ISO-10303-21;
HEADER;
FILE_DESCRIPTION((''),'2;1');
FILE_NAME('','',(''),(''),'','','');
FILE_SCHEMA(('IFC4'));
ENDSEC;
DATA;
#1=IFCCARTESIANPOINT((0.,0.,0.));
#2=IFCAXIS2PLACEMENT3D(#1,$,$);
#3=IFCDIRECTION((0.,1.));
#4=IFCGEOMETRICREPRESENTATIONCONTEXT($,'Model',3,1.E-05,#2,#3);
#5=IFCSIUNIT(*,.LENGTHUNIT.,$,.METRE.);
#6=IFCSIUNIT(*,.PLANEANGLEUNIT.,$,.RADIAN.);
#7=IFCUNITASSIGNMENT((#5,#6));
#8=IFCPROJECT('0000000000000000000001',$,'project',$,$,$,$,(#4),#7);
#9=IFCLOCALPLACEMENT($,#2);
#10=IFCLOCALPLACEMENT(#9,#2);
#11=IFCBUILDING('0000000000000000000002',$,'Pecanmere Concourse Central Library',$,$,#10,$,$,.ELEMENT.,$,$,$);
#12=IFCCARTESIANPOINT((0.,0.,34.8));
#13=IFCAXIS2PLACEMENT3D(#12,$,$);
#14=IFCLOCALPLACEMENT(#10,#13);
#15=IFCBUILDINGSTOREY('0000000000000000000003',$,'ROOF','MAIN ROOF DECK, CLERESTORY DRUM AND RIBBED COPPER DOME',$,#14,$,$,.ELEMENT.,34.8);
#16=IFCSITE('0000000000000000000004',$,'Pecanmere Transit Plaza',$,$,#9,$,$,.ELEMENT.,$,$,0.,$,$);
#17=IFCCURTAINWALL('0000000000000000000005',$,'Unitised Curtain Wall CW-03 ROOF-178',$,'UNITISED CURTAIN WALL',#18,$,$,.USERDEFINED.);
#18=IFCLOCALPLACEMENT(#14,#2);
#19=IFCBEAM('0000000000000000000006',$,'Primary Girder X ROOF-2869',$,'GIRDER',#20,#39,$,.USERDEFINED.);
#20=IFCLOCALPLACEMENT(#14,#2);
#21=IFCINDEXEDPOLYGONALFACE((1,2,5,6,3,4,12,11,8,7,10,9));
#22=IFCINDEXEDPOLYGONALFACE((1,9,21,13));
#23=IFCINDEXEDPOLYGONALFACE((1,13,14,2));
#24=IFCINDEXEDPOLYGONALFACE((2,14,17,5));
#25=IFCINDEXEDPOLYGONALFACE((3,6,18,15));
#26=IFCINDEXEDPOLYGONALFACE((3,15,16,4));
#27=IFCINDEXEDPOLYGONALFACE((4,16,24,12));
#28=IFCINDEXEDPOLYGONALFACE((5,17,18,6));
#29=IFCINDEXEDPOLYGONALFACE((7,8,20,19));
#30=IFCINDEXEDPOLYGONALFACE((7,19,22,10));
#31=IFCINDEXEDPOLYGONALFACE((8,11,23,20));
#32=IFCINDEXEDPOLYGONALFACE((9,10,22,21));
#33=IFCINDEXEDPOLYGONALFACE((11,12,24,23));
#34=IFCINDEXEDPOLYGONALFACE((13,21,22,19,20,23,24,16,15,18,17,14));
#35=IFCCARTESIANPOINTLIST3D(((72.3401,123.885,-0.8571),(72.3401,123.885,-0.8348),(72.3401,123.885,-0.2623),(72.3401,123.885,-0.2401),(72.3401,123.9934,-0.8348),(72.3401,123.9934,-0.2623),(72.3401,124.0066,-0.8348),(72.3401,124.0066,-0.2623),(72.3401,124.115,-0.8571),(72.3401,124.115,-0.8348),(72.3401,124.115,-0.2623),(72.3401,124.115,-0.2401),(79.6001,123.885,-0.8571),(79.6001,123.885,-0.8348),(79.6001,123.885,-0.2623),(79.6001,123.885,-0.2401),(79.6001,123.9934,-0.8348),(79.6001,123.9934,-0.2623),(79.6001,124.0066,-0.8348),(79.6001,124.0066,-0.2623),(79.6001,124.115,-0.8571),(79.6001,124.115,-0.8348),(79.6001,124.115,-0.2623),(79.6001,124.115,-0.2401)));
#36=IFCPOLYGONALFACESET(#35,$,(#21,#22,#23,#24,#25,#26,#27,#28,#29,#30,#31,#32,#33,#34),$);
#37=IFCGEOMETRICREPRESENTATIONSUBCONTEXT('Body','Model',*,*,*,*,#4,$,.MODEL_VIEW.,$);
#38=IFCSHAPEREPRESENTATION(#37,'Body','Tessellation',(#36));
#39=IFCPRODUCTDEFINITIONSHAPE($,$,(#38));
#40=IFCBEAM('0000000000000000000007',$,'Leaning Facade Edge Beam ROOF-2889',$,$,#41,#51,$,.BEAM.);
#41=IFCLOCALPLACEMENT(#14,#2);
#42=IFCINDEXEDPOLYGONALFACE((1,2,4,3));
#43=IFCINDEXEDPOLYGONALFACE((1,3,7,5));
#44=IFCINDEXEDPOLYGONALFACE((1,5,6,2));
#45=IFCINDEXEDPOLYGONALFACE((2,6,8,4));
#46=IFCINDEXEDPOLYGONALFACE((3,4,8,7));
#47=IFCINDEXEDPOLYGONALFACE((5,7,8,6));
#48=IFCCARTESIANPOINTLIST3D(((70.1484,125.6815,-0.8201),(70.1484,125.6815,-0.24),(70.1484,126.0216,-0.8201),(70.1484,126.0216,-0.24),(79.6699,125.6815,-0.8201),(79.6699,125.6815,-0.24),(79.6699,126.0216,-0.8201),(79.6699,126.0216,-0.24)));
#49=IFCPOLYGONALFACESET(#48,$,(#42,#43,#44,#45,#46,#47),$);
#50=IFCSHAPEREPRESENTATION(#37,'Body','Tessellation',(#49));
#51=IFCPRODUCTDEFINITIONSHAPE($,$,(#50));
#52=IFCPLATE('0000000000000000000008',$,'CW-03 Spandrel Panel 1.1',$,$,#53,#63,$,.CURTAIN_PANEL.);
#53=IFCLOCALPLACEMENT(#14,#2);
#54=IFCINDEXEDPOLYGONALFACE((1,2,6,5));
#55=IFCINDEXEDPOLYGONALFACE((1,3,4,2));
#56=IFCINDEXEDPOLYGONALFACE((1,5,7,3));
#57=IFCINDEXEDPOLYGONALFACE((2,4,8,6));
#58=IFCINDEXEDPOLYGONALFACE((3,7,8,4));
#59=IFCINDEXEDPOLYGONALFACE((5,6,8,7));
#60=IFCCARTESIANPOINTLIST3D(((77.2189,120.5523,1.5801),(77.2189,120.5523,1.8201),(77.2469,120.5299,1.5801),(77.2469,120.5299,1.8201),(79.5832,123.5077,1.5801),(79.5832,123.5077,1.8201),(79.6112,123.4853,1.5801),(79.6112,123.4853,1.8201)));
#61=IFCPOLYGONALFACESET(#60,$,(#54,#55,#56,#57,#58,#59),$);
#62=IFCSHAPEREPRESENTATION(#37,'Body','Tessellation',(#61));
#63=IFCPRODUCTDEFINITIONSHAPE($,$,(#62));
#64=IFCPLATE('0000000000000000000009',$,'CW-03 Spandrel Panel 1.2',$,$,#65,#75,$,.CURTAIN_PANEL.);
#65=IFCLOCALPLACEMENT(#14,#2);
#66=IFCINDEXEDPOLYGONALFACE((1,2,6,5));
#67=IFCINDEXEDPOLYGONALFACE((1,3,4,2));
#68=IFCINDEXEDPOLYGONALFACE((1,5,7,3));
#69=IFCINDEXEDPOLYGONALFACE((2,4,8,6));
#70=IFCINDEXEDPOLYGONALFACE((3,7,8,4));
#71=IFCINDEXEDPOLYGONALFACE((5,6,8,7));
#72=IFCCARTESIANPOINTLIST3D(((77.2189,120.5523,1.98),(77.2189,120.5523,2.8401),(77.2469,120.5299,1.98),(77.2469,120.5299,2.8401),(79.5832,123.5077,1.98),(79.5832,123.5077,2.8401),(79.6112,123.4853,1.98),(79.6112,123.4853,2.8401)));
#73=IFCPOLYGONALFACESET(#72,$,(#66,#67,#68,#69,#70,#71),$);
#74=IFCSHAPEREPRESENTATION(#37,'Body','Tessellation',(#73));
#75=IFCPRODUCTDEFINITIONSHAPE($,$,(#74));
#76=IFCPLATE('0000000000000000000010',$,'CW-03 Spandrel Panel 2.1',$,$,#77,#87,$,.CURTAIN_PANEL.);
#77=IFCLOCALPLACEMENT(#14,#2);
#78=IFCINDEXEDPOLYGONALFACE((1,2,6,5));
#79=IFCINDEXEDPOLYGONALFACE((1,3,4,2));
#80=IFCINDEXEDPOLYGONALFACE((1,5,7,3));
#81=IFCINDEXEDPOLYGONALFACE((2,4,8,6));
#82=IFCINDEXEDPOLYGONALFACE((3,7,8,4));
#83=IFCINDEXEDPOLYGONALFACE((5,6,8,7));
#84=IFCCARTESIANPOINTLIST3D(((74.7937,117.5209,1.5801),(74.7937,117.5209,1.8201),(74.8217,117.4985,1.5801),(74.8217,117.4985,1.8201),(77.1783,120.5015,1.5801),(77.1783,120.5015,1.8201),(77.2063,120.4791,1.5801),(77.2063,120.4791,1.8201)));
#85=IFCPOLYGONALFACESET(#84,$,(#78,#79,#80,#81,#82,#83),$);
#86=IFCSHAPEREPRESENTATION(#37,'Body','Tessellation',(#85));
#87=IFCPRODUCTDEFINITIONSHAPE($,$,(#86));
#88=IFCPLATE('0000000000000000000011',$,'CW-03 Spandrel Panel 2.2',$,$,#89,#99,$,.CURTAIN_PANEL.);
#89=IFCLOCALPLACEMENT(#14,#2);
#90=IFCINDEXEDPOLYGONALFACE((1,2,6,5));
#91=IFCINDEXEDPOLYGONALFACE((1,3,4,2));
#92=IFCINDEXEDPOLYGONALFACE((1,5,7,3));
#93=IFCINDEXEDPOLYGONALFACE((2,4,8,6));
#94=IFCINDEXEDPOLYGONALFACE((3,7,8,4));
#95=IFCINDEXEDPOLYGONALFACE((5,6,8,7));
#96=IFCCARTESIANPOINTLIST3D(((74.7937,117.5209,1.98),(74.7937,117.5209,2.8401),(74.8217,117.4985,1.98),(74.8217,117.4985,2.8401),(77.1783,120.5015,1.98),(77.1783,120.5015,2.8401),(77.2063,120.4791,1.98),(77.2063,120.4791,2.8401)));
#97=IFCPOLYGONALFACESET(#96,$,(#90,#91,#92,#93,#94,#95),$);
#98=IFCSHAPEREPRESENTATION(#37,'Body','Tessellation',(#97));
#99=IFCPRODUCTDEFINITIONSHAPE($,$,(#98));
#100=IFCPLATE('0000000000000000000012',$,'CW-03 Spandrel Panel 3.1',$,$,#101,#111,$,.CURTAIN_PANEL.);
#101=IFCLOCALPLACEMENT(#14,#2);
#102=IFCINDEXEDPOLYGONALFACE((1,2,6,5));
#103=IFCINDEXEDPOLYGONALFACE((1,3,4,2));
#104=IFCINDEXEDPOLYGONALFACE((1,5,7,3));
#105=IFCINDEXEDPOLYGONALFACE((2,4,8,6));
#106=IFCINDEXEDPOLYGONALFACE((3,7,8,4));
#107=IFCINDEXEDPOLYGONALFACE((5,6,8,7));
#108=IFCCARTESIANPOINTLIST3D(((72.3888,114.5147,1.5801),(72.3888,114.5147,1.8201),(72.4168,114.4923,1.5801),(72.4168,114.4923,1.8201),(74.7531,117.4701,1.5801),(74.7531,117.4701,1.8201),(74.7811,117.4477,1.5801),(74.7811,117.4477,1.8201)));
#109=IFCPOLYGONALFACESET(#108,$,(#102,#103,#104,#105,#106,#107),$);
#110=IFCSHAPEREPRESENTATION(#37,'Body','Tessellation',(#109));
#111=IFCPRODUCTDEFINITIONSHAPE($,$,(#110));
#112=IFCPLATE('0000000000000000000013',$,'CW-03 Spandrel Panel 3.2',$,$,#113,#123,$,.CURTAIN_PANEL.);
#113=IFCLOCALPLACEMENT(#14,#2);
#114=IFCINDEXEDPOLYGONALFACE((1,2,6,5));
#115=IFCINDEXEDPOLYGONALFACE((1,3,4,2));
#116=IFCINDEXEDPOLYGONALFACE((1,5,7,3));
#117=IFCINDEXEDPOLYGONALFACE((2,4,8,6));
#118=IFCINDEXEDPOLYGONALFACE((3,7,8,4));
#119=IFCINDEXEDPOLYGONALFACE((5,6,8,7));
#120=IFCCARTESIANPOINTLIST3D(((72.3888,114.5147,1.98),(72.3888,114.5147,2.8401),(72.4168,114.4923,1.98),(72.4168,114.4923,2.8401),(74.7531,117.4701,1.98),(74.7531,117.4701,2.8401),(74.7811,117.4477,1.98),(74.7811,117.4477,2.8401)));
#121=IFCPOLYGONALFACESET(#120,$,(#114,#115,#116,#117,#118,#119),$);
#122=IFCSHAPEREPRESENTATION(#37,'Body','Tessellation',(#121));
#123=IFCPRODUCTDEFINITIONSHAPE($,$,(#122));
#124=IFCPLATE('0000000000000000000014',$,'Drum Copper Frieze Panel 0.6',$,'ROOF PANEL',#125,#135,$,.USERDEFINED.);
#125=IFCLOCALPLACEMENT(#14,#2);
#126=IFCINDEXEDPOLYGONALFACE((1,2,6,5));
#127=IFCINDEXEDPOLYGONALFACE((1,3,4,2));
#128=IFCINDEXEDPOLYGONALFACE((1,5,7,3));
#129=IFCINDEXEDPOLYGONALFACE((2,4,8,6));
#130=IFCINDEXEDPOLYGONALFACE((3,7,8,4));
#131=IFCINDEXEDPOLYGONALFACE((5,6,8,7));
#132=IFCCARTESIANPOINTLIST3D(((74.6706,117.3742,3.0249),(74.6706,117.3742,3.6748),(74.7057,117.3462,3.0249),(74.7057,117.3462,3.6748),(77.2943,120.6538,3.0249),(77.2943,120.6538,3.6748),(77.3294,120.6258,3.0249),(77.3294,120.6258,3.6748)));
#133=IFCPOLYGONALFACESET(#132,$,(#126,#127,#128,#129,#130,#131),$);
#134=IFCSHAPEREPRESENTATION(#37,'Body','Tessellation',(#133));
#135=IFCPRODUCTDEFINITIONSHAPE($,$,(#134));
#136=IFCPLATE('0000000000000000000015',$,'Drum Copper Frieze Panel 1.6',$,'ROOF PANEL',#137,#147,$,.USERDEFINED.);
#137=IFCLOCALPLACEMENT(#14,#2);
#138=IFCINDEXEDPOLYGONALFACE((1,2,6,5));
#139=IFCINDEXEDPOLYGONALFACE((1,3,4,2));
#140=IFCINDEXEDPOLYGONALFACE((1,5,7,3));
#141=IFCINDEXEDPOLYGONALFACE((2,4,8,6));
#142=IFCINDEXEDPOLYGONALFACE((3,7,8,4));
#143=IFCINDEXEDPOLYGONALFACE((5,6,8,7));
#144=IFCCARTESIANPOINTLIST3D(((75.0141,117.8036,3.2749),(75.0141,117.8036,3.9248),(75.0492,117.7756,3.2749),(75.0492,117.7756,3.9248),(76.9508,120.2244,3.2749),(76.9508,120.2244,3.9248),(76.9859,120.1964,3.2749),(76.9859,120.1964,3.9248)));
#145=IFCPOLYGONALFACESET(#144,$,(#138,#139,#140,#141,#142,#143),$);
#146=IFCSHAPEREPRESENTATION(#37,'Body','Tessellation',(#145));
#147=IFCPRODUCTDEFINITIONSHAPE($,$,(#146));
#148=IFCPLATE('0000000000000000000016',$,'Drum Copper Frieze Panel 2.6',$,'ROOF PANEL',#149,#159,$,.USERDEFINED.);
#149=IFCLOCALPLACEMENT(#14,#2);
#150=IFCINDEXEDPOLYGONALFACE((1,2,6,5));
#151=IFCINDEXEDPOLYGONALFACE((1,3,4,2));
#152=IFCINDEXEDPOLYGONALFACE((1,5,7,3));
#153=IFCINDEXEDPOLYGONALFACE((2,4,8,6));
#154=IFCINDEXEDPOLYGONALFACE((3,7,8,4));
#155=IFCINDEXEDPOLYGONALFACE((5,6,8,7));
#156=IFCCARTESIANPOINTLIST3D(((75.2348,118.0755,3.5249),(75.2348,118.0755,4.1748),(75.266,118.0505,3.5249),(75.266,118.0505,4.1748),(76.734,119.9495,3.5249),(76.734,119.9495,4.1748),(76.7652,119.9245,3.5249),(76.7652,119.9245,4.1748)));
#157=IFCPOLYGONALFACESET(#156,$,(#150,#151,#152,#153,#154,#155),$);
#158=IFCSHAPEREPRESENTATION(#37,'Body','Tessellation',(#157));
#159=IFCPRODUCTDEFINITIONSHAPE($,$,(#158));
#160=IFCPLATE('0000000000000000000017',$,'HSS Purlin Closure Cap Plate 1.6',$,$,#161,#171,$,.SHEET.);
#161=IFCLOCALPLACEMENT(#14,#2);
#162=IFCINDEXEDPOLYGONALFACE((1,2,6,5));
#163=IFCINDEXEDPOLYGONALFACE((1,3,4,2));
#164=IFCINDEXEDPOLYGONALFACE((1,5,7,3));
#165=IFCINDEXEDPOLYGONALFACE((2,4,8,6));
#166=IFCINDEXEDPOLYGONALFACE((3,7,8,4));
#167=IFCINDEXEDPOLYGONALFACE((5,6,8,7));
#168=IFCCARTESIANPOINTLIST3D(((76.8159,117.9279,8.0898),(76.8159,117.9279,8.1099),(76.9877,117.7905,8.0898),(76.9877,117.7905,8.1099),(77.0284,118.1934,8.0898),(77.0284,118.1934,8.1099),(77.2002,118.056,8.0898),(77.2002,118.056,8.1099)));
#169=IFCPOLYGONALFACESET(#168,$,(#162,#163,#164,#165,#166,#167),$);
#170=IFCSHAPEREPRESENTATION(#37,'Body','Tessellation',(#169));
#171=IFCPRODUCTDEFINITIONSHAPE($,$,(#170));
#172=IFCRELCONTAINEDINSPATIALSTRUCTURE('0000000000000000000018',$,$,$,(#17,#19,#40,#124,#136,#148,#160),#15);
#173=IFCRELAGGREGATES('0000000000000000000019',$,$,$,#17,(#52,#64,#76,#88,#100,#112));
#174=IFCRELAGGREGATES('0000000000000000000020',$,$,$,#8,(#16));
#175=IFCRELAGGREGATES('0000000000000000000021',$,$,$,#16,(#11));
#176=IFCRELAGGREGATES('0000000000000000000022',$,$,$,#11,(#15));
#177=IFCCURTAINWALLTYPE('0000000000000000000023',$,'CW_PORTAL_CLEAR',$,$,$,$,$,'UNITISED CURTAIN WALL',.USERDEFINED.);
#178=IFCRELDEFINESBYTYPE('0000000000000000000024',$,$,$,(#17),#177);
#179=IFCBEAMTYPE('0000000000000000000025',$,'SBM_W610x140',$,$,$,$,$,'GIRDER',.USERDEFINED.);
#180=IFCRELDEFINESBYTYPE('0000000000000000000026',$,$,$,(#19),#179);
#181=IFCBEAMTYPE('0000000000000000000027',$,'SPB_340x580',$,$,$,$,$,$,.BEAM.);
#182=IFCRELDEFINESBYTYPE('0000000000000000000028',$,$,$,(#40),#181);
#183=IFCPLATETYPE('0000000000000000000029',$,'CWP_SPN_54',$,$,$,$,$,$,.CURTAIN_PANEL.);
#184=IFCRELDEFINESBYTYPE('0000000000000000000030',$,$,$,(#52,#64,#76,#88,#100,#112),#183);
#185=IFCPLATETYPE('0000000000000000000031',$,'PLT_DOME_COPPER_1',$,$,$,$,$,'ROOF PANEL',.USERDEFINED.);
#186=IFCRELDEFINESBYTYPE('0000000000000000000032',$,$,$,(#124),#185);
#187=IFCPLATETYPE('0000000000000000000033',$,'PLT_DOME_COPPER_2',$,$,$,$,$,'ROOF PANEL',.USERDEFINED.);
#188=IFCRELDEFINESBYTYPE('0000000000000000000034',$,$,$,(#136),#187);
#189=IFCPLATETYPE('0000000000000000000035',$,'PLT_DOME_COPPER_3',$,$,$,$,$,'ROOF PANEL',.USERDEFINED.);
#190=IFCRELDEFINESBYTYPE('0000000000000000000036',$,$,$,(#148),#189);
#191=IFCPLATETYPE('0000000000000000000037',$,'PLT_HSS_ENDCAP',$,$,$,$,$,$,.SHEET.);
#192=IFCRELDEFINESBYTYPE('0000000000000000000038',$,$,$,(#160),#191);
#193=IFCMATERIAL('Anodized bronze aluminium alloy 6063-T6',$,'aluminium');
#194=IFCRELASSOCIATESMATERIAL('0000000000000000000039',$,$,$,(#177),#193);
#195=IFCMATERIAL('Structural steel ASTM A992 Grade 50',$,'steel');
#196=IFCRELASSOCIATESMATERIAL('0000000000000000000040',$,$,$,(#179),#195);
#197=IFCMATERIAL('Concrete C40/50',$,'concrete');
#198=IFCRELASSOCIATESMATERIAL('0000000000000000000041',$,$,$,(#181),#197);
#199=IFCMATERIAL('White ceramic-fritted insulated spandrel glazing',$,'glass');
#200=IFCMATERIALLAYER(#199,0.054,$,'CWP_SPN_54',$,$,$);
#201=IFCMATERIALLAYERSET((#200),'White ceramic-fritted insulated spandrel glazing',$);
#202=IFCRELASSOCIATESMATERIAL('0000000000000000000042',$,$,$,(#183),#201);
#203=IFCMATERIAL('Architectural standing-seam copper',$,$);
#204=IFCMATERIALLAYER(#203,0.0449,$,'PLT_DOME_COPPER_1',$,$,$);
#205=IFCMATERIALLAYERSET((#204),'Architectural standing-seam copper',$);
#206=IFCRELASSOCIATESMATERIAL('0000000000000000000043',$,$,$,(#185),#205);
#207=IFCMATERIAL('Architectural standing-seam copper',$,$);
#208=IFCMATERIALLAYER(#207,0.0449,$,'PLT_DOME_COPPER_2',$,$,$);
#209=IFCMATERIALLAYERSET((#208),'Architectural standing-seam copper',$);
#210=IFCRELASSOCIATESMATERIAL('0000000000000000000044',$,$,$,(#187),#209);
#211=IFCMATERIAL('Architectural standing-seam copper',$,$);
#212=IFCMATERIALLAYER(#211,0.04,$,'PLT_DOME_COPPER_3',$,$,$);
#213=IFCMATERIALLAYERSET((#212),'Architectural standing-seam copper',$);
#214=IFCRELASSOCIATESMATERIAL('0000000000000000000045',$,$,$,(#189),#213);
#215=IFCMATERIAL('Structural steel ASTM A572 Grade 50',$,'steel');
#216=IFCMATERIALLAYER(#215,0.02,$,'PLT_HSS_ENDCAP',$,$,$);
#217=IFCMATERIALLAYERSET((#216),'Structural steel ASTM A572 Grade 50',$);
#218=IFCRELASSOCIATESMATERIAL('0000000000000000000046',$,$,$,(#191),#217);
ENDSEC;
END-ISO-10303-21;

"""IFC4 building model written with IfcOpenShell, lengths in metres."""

from ifc_helpers import new_model, si_unit, direction, frame, origin, origin_2d, place, context, subcontext, project, spatial, rectangle, i_section, extrude, material, layer, layer_set, material_profile, profile_set, type_object, element, aggregate, save


model = new_model("IFC4")

# Units and contexts
model_context = context("Model", 3, precision=1e-05, world=origin(), true_north=direction((0.0, 1.0)))
body_context = subcontext(model_context, "Body", "Model", "MODEL_VIEW")
ifc_project = project(units=[si_unit("LENGTHUNIT", "METRE"), si_unit("PLANEANGLEUNIT", "RADIAN")], contexts=[model_context])

# Site, building, storey
site_placement = place(None, origin())
site = spatial("IfcSite", under=ifc_project, at=site_placement, Name="Pecanmere Transit Plaza", CompositionType="ELEMENT", RefElevation=0.0)
building_placement = place(site_placement, origin())
building = spatial("IfcBuilding", under=site, at=building_placement, Name="Pecanmere Concourse Central Library", CompositionType="ELEMENT")
storey_placement = place(building_placement, frame((0.0, 0.0, 34.8)))
storey = spatial("IfcBuildingStorey", under=building, at=storey_placement, Name="ROOF", Description="MAIN ROOF DECK, CLERESTORY DRUM AND RIBBED COPPER DOME", CompositionType="ELEMENT", Elevation=34.8)

# Curtain wall
ifc_material_1 = material(Name="Anodized bronze aluminium alloy 6063-T6", Category="aluminium")
curtain_wall_type = type_object("IfcCurtainWallType", Name="CW_PORTAL_CLEAR", ElementType="UNITISED CURTAIN WALL", PredefinedType="USERDEFINED", material=ifc_material_1)
curtain_wall_placement = place(storey_placement, origin())
curtain_wall = element("IfcCurtainWall", 1, at=curtain_wall_placement, inside=storey, type_object=curtain_wall_type, Name="Unitised Curtain Wall CW-03 ROOF-178", ObjectType="UNITISED CURTAIN WALL", PredefinedType="USERDEFINED")

# Beams
ifc_material_2 = material(Name="Structural steel ASTM A992 Grade 50", Category="steel")
ifc_material_profile_1 = material_profile(ifc_material_2, i_section(OverallWidth=0.23, OverallDepth=0.6169, WebThickness=0.0132, FlangeThickness=0.0222, at=origin_2d()), Name="W610x140")
ifc_profile_set_1 = profile_set([ifc_material_profile_1], Name="Structural steel ASTM A992 Grade 50")
beam_type_1 = type_object("IfcBeamType", Name="SBM_W610x140", ElementType="GIRDER", PredefinedType="USERDEFINED", material=ifc_profile_set_1)
beam_1_placement = place(storey_placement, frame((72.3401, 124.0, -0.5486), z_axis=(1.0, 0.0, 0.0), x_axis=(0.0, 1.0, 0.0)))
element("IfcBeam", 2, at=beam_1_placement, inside=storey, type_object=beam_type_1, Name="Primary Girder X ROOF-2869", ObjectType="GIRDER", PredefinedType="USERDEFINED", context=body_context, shape_type="SweptSolid", body=[
    extrude(i_section(OverallWidth=0.23, OverallDepth=0.6169, WebThickness=0.0132, FlangeThickness=0.0222, at=origin_2d()), origin(), (0.0, 0.0, 1.0), 7.26),
])
ifc_material_3 = material(Name="Concrete C40/50", Category="concrete")
ifc_material_profile_2 = material_profile(ifc_material_3, rectangle(XDim=0.3401, YDim=0.5801, at=origin_2d()), Name="RC 340x580")
ifc_profile_set_2 = profile_set([ifc_material_profile_2], Name="Concrete C40/50")
beam_type_2 = type_object("IfcBeamType", Name="SPB_340x580", PredefinedType="BEAM", material=ifc_profile_set_2)
beam_2_placement = place(storey_placement, frame((70.1484, 125.8516, -0.53), z_axis=(1.0, 0.0, 0.0), x_axis=(0.0, 1.0, 0.0)))
element("IfcBeam", 3, at=beam_2_placement, inside=storey, type_object=beam_type_2, Name="Leaning Facade Edge Beam ROOF-2889", PredefinedType="BEAM", context=body_context, shape_type="SweptSolid", body=[
    extrude(rectangle(XDim=0.3401, YDim=0.5801, at=origin_2d()), origin(), (0.0, 0.0, 1.0), 9.5215),
])

# Plates
ifc_material_4 = material(Name="White ceramic-fritted insulated spandrel glazing", Category="glass")
ifc_layer_1 = layer(ifc_material_4, 0.054, Name="CWP_SPN_54")
ifc_layer_set_1 = layer_set([ifc_layer_1], Name="White ceramic-fritted insulated spandrel glazing")
plate_type_1 = type_object("IfcPlateType", Name="CWP_SPN_54", PredefinedType="CURTAIN_PANEL", material=ifc_layer_set_1)
plate_1_placement = place(storey_placement, frame((78.415, 122.0188, 1.5801), z_axis=(0.0, 0.0, 1.0), x_axis=(-0.624697, -0.780867, 0.0)))
plate_1 = element("IfcPlate", 4, at=plate_1_placement, type_object=plate_type_1, Name="CW-03 Spandrel Panel 1.1", PredefinedType="CURTAIN_PANEL", context=body_context, shape_type="SweptSolid", body=[
    extrude(rectangle(XDim=3.7847, YDim=0.0359, at=origin_2d()), origin(), (0.0, 0.0, 1.0), 0.24),
])
plate_2_placement = place(storey_placement, frame((78.415, 122.0188, 1.98), z_axis=(0.0, 0.0, 1.0), x_axis=(-0.624697, -0.780867, 0.0)))
plate_2 = element("IfcPlate", 5, at=plate_2_placement, type_object=plate_type_1, Name="CW-03 Spandrel Panel 1.2", PredefinedType="CURTAIN_PANEL", context=body_context, shape_type="SweptSolid", body=[
    extrude(rectangle(XDim=3.7847, YDim=0.0359, at=origin_2d()), origin(), (0.0, 0.0, 1.0), 0.8601),
])
plate_3_placement = place(storey_placement, frame((76.0, 119.0, 1.5801), z_axis=(0.0, 0.0, 1.0), x_axis=(-0.624697, -0.780867, 0.0)))
plate_3 = element("IfcPlate", 6, at=plate_3_placement, type_object=plate_type_1, Name="CW-03 Spandrel Panel 2.1", PredefinedType="CURTAIN_PANEL", context=body_context, shape_type="SweptSolid", body=[
    extrude(rectangle(XDim=3.8171, YDim=0.0359, at=origin_2d()), origin(), (0.0, 0.0, 1.0), 0.24),
])
plate_4_placement = place(storey_placement, frame((76.0, 119.0, 1.98), z_axis=(0.0, 0.0, 1.0), x_axis=(-0.624697, -0.780867, 0.0)))
plate_4 = element("IfcPlate", 7, at=plate_4_placement, type_object=plate_type_1, Name="CW-03 Spandrel Panel 2.2", PredefinedType="CURTAIN_PANEL", context=body_context, shape_type="SweptSolid", body=[
    extrude(rectangle(XDim=3.8171, YDim=0.0359, at=origin_2d()), origin(), (0.0, 0.0, 1.0), 0.8601),
])
plate_5_placement = place(storey_placement, frame((73.585, 115.9812, 1.5801), z_axis=(0.0, 0.0, 1.0), x_axis=(-0.624697, -0.780867, 0.0)))
plate_5 = element("IfcPlate", 8, at=plate_5_placement, type_object=plate_type_1, Name="CW-03 Spandrel Panel 3.1", PredefinedType="CURTAIN_PANEL", context=body_context, shape_type="SweptSolid", body=[
    extrude(rectangle(XDim=3.7847, YDim=0.0359, at=origin_2d()), origin(), (0.0, 0.0, 1.0), 0.24),
])
plate_6_placement = place(storey_placement, frame((73.585, 115.9812, 1.98), z_axis=(0.0, 0.0, 1.0), x_axis=(-0.624697, -0.780867, 0.0)))
plate_6 = element("IfcPlate", 9, at=plate_6_placement, type_object=plate_type_1, Name="CW-03 Spandrel Panel 3.2", PredefinedType="CURTAIN_PANEL", context=body_context, shape_type="SweptSolid", body=[
    extrude(rectangle(XDim=3.7847, YDim=0.0359, at=origin_2d()), origin(), (0.0, 0.0, 1.0), 0.8601),
])
aggregate(curtain_wall, [plate_1, plate_2, plate_3, plate_4, plate_5, plate_6])

# Plates
ifc_material_5 = material(Name="Architectural standing-seam copper")
ifc_layer_2 = layer(ifc_material_5, 0.0449, Name="PLT_DOME_COPPER_1")
ifc_layer_set_2 = layer_set([ifc_layer_2], Name="Architectural standing-seam copper")
plate_type_2 = type_object("IfcPlateType", Name="PLT_DOME_COPPER_1", ElementType="ROOF PANEL", PredefinedType="USERDEFINED", material=ifc_layer_set_2)
plate_7_placement = place(storey_placement, frame((76.0, 119.0, 3.0249), z_axis=(0.0, 0.0, 1.0), x_axis=(-0.624698, -0.780867, 0.0)))
element("IfcPlate", 10, at=plate_7_placement, inside=storey, type_object=plate_type_2, Name="Drum Copper Frieze Panel 0.6", ObjectType="ROOF PANEL", PredefinedType="USERDEFINED", context=body_context, shape_type="SweptSolid", body=[
    extrude(rectangle(XDim=4.2, YDim=0.0449, at=origin_2d()), origin(), (0.0, 0.0, 1.0), 0.6499),
])
ifc_material_6 = material(Name="Architectural standing-seam copper")
ifc_layer_3 = layer(ifc_material_6, 0.0449, Name="PLT_DOME_COPPER_2")
ifc_layer_set_3 = layer_set([ifc_layer_3], Name="Architectural standing-seam copper")
plate_type_3 = type_object("IfcPlateType", Name="PLT_DOME_COPPER_2", ElementType="ROOF PANEL", PredefinedType="USERDEFINED", material=ifc_layer_set_3)
plate_8_placement = place(storey_placement, frame((76.0, 119.0, 3.2749), z_axis=(0.0, 0.0, 1.0), x_axis=(-0.624698, -0.780867, 0.0)))
element("IfcPlate", 11, at=plate_8_placement, inside=storey, type_object=plate_type_3, Name="Drum Copper Frieze Panel 1.6", ObjectType="ROOF PANEL", PredefinedType="USERDEFINED", context=body_context, shape_type="SweptSolid", body=[
    extrude(rectangle(XDim=3.1001, YDim=0.0449, at=origin_2d()), origin(), (0.0, 0.0, 1.0), 0.6499),
])
ifc_material_7 = material(Name="Architectural standing-seam copper")
ifc_layer_4 = layer(ifc_material_7, 0.04, Name="PLT_DOME_COPPER_3")
ifc_layer_set_4 = layer_set([ifc_layer_4], Name="Architectural standing-seam copper")
plate_type_4 = type_object("IfcPlateType", Name="PLT_DOME_COPPER_3", ElementType="ROOF PANEL", PredefinedType="USERDEFINED", material=ifc_layer_set_4)
plate_9_placement = place(storey_placement, frame((76.0, 119.0, 3.5249), z_axis=(0.0, 0.0, 1.0), x_axis=(-0.624698, -0.780867, 0.0)))
element("IfcPlate", 12, at=plate_9_placement, inside=storey, type_object=plate_type_4, Name="Drum Copper Frieze Panel 2.6", ObjectType="ROOF PANEL", PredefinedType="USERDEFINED", context=body_context, shape_type="SweptSolid", body=[
    extrude(rectangle(XDim=2.3999, YDim=0.04, at=origin_2d()), origin(), (0.0, 0.0, 1.0), 0.6499),
])
ifc_material_8 = material(Name="Structural steel ASTM A572 Grade 50", Category="steel")
ifc_layer_5 = layer(ifc_material_8, 0.02, Name="PLT_HSS_ENDCAP")
ifc_layer_set_5 = layer_set([ifc_layer_5], Name="Structural steel ASTM A572 Grade 50")
plate_type_5 = type_object("IfcPlateType", Name="PLT_HSS_ENDCAP", PredefinedType="SHEET", material=ifc_layer_set_5)
plate_10_placement = place(storey_placement, frame((77.0081, 117.9919, 8.0898), z_axis=(0.0, 0.0, 1.0), x_axis=(-0.624698, -0.780867, 0.0)))
element("IfcPlate", 13, at=plate_10_placement, inside=storey, type_object=plate_type_5, Name="HSS Purlin Closure Cap Plate 1.6", PredefinedType="SHEET", context=body_context, shape_type="SweptSolid", body=[
    extrude(rectangle(XDim=0.3401, YDim=0.22, at=origin_2d()), origin(), (0.0, 0.0, 1.0), 0.02),
])

save(model, "model.ifc")
